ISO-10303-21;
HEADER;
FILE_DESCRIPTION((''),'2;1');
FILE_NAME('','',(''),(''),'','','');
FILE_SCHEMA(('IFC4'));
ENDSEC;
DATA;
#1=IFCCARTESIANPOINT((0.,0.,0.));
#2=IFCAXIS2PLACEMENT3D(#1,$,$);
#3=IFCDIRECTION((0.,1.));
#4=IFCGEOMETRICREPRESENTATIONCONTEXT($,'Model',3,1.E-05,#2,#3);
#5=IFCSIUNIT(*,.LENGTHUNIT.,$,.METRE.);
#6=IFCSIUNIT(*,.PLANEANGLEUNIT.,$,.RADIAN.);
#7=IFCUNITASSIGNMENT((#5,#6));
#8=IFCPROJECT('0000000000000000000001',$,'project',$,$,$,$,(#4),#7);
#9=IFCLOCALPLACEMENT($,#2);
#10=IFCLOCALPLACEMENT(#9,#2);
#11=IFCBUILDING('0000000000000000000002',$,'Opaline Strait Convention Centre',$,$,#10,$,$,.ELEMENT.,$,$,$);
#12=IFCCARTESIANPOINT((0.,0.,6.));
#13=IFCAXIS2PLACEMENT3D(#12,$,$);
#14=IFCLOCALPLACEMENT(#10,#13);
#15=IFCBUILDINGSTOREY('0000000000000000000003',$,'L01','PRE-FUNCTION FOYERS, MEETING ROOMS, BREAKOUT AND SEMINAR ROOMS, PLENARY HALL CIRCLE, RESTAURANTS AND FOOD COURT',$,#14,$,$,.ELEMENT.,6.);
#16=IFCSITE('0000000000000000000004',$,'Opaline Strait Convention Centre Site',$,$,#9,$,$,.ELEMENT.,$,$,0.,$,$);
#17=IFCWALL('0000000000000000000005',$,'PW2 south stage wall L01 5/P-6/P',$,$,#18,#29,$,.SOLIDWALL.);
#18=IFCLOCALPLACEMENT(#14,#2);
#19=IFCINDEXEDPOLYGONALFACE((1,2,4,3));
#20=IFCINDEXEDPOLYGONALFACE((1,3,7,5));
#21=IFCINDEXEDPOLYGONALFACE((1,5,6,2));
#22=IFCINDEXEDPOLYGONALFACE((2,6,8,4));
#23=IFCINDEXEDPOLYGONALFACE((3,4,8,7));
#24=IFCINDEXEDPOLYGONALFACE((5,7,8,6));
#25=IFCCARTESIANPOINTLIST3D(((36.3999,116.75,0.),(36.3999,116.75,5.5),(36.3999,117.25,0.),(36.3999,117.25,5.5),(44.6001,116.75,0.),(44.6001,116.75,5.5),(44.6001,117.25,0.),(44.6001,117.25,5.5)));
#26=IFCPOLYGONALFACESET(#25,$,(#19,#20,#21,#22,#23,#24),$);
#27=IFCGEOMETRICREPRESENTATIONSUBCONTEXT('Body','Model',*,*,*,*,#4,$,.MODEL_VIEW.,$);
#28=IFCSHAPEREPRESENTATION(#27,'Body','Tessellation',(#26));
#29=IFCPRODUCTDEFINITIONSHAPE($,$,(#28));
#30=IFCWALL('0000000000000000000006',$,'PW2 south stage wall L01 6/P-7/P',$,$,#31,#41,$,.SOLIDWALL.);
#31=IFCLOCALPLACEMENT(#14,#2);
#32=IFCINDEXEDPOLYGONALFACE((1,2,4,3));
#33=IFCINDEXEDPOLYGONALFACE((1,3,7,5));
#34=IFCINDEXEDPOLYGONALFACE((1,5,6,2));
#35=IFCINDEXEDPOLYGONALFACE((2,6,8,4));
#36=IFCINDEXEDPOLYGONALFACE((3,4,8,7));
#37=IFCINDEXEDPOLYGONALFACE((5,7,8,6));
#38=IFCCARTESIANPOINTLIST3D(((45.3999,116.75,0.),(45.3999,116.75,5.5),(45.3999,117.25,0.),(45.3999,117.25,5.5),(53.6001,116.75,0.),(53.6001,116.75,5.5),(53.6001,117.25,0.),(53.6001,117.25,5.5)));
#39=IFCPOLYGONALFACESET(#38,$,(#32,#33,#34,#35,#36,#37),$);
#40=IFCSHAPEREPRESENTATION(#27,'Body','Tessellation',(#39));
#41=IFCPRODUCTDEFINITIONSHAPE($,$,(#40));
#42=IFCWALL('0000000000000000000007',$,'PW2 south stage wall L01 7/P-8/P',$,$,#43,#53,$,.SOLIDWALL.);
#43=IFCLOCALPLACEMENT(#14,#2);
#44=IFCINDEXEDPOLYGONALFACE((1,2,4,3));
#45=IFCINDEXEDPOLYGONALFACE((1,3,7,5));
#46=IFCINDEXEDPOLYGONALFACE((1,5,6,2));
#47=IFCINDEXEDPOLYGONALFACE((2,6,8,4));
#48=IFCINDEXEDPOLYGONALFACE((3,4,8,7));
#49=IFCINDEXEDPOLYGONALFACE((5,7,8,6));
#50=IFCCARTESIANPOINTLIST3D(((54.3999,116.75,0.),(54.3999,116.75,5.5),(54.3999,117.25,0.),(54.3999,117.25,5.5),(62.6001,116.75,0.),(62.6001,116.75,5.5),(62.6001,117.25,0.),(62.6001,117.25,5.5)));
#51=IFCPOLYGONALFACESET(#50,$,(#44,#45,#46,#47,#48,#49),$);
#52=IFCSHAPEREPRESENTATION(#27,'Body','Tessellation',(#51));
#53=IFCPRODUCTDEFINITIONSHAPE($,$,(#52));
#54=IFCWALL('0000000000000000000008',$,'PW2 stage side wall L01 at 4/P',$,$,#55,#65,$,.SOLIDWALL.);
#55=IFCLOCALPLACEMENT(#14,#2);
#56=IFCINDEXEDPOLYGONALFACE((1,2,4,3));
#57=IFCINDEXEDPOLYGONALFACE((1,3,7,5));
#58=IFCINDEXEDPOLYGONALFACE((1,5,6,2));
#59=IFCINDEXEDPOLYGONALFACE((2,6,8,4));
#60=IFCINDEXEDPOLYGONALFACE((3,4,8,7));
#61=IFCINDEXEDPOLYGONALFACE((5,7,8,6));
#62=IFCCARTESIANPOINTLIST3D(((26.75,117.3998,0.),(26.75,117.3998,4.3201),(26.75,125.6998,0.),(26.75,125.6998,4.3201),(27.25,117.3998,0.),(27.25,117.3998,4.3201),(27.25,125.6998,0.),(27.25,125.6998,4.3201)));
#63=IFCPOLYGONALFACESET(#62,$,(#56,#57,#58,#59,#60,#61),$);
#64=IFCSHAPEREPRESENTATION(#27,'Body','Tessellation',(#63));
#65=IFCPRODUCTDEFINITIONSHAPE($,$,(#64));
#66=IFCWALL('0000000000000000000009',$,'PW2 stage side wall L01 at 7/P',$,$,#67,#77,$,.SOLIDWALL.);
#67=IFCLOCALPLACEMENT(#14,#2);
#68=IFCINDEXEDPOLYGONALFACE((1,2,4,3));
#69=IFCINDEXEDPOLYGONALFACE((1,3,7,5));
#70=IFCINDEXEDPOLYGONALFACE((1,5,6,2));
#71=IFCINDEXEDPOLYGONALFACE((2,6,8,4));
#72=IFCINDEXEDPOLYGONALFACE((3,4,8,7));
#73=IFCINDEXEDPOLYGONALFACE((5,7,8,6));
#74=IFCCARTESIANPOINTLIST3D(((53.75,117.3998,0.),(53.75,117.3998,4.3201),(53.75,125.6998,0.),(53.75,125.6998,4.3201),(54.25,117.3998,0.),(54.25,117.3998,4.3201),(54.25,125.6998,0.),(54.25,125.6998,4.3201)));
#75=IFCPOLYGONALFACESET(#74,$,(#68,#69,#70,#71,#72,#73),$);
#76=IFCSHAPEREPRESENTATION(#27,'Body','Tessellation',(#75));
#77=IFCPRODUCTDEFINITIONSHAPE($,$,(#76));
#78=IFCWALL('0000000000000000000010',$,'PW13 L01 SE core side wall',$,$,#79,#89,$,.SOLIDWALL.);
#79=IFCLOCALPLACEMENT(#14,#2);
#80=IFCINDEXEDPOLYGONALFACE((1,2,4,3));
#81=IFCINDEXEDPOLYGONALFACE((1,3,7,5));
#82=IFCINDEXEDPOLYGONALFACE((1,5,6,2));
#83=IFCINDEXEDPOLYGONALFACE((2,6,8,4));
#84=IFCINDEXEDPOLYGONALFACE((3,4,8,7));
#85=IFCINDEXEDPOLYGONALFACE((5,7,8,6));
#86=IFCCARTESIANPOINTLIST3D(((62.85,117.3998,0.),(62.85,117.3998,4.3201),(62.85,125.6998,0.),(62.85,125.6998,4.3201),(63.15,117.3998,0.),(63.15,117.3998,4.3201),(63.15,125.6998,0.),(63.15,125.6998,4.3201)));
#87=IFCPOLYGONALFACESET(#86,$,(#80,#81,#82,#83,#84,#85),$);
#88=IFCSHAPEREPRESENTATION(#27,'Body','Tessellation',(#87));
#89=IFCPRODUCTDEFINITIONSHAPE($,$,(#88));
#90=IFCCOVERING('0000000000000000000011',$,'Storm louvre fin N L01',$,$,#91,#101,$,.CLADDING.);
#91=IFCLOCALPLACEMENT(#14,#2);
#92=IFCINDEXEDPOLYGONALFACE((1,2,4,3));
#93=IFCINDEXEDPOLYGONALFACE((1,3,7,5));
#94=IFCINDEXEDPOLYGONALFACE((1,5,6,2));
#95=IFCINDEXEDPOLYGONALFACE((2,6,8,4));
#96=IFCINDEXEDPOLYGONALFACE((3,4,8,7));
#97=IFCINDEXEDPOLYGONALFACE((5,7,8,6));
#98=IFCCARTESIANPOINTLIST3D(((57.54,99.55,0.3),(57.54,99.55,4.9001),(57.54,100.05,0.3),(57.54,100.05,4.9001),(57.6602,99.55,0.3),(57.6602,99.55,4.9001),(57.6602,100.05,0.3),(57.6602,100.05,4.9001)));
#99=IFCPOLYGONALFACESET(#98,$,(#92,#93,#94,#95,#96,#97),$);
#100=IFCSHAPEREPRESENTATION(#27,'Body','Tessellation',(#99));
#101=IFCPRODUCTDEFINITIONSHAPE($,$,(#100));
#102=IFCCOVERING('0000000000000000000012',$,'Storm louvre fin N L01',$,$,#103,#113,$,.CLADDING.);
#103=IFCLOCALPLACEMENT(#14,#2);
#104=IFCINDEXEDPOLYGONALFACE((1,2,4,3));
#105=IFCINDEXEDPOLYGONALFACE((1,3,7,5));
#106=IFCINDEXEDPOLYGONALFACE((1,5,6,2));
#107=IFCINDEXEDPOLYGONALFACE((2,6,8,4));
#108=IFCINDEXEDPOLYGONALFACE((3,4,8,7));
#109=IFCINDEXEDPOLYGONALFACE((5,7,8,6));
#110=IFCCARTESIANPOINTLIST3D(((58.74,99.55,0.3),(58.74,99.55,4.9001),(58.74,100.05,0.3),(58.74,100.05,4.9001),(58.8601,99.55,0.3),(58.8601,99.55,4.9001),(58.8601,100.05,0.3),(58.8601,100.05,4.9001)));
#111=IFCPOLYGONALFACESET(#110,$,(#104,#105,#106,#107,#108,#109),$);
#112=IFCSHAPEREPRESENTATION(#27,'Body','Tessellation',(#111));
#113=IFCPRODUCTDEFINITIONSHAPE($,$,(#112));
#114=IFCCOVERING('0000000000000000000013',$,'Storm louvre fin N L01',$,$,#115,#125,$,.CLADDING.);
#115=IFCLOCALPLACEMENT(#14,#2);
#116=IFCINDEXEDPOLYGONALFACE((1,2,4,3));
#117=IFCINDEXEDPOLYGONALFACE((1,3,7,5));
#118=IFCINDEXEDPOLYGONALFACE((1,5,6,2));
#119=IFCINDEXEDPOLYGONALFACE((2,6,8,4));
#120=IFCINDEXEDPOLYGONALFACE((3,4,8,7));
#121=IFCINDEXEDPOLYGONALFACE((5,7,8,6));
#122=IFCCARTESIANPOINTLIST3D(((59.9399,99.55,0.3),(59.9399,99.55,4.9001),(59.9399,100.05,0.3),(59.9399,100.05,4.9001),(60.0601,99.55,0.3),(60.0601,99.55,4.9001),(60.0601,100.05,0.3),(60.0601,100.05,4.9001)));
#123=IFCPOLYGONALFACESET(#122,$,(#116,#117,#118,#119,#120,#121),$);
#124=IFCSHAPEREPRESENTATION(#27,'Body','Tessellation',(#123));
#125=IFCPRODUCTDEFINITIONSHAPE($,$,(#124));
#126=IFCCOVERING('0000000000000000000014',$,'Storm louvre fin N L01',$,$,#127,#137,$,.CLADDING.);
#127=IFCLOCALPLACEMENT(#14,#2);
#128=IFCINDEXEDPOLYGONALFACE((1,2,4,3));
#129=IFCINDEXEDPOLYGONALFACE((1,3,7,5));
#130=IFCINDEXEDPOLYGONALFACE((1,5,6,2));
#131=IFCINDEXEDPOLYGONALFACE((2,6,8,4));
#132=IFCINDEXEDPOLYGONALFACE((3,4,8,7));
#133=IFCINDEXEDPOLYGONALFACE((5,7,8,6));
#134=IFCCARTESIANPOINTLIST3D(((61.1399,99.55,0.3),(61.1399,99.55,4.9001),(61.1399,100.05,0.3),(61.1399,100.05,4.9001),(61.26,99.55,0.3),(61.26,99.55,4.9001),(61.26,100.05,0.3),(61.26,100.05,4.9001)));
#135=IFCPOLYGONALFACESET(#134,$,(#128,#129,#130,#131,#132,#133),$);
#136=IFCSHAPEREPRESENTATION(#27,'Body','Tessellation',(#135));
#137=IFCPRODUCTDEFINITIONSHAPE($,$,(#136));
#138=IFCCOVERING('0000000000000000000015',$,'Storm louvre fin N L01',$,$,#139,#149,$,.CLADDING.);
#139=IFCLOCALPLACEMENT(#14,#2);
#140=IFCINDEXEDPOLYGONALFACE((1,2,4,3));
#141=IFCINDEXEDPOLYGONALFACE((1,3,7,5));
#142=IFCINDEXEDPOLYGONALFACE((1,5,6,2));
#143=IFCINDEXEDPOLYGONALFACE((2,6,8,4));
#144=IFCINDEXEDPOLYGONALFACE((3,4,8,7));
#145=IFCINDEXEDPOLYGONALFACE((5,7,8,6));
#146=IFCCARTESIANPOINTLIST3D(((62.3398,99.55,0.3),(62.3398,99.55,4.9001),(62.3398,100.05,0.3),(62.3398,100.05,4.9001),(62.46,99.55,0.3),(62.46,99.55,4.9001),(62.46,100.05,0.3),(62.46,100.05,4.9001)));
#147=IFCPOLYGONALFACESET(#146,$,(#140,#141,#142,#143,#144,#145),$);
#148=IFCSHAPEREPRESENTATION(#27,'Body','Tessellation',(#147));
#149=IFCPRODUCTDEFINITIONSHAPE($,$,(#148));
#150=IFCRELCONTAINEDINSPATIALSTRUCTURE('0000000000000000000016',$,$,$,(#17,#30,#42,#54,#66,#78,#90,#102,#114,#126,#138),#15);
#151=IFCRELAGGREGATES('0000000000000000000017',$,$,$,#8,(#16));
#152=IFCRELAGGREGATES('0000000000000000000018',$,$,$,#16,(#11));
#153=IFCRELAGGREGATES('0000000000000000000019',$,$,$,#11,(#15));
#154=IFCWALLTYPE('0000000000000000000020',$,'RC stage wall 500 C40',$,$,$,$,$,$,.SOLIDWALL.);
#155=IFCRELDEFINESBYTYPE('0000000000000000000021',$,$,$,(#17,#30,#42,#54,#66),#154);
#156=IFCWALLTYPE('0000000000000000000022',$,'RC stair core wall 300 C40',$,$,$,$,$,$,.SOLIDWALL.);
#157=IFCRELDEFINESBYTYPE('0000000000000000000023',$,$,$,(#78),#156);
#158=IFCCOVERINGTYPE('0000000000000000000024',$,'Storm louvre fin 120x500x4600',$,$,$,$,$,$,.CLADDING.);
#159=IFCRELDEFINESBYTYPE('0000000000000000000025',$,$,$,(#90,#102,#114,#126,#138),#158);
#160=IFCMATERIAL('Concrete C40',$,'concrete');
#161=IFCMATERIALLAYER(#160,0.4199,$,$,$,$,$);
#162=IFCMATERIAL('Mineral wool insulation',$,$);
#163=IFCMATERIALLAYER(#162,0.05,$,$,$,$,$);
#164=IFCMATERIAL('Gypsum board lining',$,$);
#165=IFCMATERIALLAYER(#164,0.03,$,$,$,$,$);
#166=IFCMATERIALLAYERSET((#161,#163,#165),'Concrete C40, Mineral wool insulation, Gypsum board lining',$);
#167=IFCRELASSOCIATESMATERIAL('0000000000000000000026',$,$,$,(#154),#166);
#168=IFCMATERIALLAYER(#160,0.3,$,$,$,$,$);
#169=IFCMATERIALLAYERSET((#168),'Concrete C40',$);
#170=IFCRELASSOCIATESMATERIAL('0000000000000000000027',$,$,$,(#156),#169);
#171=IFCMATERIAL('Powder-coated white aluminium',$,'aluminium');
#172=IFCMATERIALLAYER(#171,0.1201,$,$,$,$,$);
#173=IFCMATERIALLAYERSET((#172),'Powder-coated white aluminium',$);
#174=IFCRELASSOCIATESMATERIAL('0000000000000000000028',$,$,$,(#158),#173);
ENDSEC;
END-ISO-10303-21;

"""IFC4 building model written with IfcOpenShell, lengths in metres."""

from ifc_helpers import new_model, si_unit, direction, frame, frame_2d, origin, origin_2d, place, context, subcontext, project, spatial, rectangle, extrude, material, layer, layer_set, type_object, element, save


model = new_model("IFC4")

# Units and contexts
model_context = context("Model", 3, precision=1e-05, world=origin(), true_north=direction((0.0, 1.0)))
body_context = subcontext(model_context, "Body", "Model", "MODEL_VIEW")
ifc_project = project(units=[si_unit("LENGTHUNIT", "METRE"), si_unit("PLANEANGLEUNIT", "RADIAN")], contexts=[model_context])

# Site, building, storey
site_placement = place(None, origin())
site = spatial("IfcSite", under=ifc_project, at=site_placement, Name="Opaline Strait Convention Centre Site", CompositionType="ELEMENT", RefElevation=0.0)
building_placement = place(site_placement, origin())
building = spatial("IfcBuilding", under=site, at=building_placement, Name="Opaline Strait Convention Centre", CompositionType="ELEMENT")
storey_placement = place(building_placement, frame((0.0, 0.0, 6.0)))
storey = spatial("IfcBuildingStorey", under=building, at=storey_placement, Name="L01", Description="PRE-FUNCTION FOYERS, MEETING ROOMS, BREAKOUT AND SEMINAR ROOMS, PLENARY HALL CIRCLE, RESTAURANTS AND FOOD COURT", CompositionType="ELEMENT", Elevation=6.0)

# Shared definitions
ifc_material_1 = material(Name="Concrete C40", Category="concrete")

# Walls
ifc_layer_1 = layer(ifc_material_1, 0.4199)
ifc_material_2 = material(Name="Mineral wool insulation")
ifc_layer_2 = layer(ifc_material_2, 0.05)
ifc_material_3 = material(Name="Gypsum board lining")
ifc_layer_3 = layer(ifc_material_3, 0.03)
ifc_layer_set_1 = layer_set([ifc_layer_1, ifc_layer_2, ifc_layer_3], Name="Concrete C40, Mineral wool insulation, Gypsum board lining")
wall_type_1 = type_object("IfcWallType", Name="RC stage wall 500 C40", PredefinedType="SOLIDWALL", material=ifc_layer_set_1)
for number, where, z_axis, x_axis, name in (
    (1, (36.3999, 117.0, 0.0), (0.0, 0.0, 1.0), (1.0, 0.0, 0.0), "PW2 south stage wall L01 5/P-6/P"),
    (2, (45.3999, 117.0, 0.0), (0.0, 0.0, 1.0), (1.0, 0.0, 0.0), "PW2 south stage wall L01 6/P-7/P"),
    (3, (54.3999, 117.0, 0.0), (0.0, 0.0, 1.0), (1.0, 0.0, 0.0), "PW2 south stage wall L01 7/P-8/P"),
):
    element("IfcWall", number, at=place(storey_placement, frame(where, z_axis=z_axis, x_axis=x_axis)), inside=storey, type_object=wall_type_1, Name=name, PredefinedType="SOLIDWALL", context=body_context, shape_type="SweptSolid", body=[
        extrude(rectangle(XDim=8.2002, YDim=0.5, at=frame_2d((4.1001, 0.0))), origin(), (0.0, 0.0, 1.0), 5.5),
    ])
for number, where, z_axis, x_axis, name in (
    (4, (27.0, 117.3999, 0.0), (0.0, 0.0, 1.0), (0.0, 1.0, 0.0), "PW2 stage side wall L01 at 4/P"),
    (5, (54.0, 117.3999, 0.0), (0.0, 0.0, 1.0), (0.0, 1.0, 0.0), "PW2 stage side wall L01 at 7/P"),
):
    element("IfcWall", number, at=place(storey_placement, frame(where, z_axis=z_axis, x_axis=x_axis)), inside=storey, type_object=wall_type_1, Name=name, PredefinedType="SOLIDWALL", context=body_context, shape_type="SweptSolid", body=[
        extrude(rectangle(XDim=8.3, YDim=0.5, at=frame_2d((4.1499, 0.0))), origin(), (0.0, 0.0, 1.0), 4.3201),
    ])
ifc_layer_4 = layer(ifc_material_1, 0.3)
ifc_layer_set_2 = layer_set([ifc_layer_4], Name="Concrete C40")
wall_type_2 = type_object("IfcWallType", Name="RC stair core wall 300 C40", PredefinedType="SOLIDWALL", material=ifc_layer_set_2)
wall_1_placement = place(storey_placement, frame((63.0, 117.3999, 0.0), z_axis=(0.0, 0.0, 1.0), x_axis=(0.0, 1.0, 0.0)))
element("IfcWall", 6, at=wall_1_placement, inside=storey, type_object=wall_type_2, Name="PW13 L01 SE core side wall", PredefinedType="SOLIDWALL", context=body_context, shape_type="SweptSolid", body=[
    extrude(rectangle(XDim=8.3, YDim=0.3, at=frame_2d((4.1499, 0.0))), origin(), (0.0, 0.0, 1.0), 4.3201),
])

# Coverings
ifc_material_4 = material(Name="Powder-coated white aluminium", Category="aluminium")
ifc_layer_5 = layer(ifc_material_4, 0.1201)
ifc_layer_set_3 = layer_set([ifc_layer_5], Name="Powder-coated white aluminium")
covering_type = type_object("IfcCoveringType", Name="Storm louvre fin 120x500x4600", PredefinedType="CLADDING", material=ifc_layer_set_3)
for number, where, z_axis, x_axis, name in (
    (7, (57.6001, 99.8, 0.3), (0.0, 0.0, 1.0), (1.0, 0.0, 0.0), "Storm louvre fin N L01"),
    (8, (58.8, 99.8, 0.3), (0.0, 0.0, 1.0), (1.0, 0.0, 0.0), "Storm louvre fin N L01"),
    (9, (60.0, 99.8, 0.3), (0.0, 0.0, 1.0), (1.0, 0.0, 0.0), "Storm louvre fin N L01"),
    (10, (61.2, 99.8, 0.3), (0.0, 0.0, 1.0), (1.0, 0.0, 0.0), "Storm louvre fin N L01"),
    (11, (62.3999, 99.8, 0.3), (0.0, 0.0, 1.0), (1.0, 0.0, 0.0), "Storm louvre fin N L01"),
):
    element("IfcCovering", number, at=place(storey_placement, frame(where, z_axis=z_axis, x_axis=x_axis)), inside=storey, type_object=covering_type, Name=name, PredefinedType="CLADDING", context=body_context, shape_type="SweptSolid", body=[
        extrude(rectangle(XDim=0.1201, YDim=0.5, at=origin_2d()), origin(), (0.0, 0.0, 1.0), 4.6001),
    ])

save(model, "model.ifc")
